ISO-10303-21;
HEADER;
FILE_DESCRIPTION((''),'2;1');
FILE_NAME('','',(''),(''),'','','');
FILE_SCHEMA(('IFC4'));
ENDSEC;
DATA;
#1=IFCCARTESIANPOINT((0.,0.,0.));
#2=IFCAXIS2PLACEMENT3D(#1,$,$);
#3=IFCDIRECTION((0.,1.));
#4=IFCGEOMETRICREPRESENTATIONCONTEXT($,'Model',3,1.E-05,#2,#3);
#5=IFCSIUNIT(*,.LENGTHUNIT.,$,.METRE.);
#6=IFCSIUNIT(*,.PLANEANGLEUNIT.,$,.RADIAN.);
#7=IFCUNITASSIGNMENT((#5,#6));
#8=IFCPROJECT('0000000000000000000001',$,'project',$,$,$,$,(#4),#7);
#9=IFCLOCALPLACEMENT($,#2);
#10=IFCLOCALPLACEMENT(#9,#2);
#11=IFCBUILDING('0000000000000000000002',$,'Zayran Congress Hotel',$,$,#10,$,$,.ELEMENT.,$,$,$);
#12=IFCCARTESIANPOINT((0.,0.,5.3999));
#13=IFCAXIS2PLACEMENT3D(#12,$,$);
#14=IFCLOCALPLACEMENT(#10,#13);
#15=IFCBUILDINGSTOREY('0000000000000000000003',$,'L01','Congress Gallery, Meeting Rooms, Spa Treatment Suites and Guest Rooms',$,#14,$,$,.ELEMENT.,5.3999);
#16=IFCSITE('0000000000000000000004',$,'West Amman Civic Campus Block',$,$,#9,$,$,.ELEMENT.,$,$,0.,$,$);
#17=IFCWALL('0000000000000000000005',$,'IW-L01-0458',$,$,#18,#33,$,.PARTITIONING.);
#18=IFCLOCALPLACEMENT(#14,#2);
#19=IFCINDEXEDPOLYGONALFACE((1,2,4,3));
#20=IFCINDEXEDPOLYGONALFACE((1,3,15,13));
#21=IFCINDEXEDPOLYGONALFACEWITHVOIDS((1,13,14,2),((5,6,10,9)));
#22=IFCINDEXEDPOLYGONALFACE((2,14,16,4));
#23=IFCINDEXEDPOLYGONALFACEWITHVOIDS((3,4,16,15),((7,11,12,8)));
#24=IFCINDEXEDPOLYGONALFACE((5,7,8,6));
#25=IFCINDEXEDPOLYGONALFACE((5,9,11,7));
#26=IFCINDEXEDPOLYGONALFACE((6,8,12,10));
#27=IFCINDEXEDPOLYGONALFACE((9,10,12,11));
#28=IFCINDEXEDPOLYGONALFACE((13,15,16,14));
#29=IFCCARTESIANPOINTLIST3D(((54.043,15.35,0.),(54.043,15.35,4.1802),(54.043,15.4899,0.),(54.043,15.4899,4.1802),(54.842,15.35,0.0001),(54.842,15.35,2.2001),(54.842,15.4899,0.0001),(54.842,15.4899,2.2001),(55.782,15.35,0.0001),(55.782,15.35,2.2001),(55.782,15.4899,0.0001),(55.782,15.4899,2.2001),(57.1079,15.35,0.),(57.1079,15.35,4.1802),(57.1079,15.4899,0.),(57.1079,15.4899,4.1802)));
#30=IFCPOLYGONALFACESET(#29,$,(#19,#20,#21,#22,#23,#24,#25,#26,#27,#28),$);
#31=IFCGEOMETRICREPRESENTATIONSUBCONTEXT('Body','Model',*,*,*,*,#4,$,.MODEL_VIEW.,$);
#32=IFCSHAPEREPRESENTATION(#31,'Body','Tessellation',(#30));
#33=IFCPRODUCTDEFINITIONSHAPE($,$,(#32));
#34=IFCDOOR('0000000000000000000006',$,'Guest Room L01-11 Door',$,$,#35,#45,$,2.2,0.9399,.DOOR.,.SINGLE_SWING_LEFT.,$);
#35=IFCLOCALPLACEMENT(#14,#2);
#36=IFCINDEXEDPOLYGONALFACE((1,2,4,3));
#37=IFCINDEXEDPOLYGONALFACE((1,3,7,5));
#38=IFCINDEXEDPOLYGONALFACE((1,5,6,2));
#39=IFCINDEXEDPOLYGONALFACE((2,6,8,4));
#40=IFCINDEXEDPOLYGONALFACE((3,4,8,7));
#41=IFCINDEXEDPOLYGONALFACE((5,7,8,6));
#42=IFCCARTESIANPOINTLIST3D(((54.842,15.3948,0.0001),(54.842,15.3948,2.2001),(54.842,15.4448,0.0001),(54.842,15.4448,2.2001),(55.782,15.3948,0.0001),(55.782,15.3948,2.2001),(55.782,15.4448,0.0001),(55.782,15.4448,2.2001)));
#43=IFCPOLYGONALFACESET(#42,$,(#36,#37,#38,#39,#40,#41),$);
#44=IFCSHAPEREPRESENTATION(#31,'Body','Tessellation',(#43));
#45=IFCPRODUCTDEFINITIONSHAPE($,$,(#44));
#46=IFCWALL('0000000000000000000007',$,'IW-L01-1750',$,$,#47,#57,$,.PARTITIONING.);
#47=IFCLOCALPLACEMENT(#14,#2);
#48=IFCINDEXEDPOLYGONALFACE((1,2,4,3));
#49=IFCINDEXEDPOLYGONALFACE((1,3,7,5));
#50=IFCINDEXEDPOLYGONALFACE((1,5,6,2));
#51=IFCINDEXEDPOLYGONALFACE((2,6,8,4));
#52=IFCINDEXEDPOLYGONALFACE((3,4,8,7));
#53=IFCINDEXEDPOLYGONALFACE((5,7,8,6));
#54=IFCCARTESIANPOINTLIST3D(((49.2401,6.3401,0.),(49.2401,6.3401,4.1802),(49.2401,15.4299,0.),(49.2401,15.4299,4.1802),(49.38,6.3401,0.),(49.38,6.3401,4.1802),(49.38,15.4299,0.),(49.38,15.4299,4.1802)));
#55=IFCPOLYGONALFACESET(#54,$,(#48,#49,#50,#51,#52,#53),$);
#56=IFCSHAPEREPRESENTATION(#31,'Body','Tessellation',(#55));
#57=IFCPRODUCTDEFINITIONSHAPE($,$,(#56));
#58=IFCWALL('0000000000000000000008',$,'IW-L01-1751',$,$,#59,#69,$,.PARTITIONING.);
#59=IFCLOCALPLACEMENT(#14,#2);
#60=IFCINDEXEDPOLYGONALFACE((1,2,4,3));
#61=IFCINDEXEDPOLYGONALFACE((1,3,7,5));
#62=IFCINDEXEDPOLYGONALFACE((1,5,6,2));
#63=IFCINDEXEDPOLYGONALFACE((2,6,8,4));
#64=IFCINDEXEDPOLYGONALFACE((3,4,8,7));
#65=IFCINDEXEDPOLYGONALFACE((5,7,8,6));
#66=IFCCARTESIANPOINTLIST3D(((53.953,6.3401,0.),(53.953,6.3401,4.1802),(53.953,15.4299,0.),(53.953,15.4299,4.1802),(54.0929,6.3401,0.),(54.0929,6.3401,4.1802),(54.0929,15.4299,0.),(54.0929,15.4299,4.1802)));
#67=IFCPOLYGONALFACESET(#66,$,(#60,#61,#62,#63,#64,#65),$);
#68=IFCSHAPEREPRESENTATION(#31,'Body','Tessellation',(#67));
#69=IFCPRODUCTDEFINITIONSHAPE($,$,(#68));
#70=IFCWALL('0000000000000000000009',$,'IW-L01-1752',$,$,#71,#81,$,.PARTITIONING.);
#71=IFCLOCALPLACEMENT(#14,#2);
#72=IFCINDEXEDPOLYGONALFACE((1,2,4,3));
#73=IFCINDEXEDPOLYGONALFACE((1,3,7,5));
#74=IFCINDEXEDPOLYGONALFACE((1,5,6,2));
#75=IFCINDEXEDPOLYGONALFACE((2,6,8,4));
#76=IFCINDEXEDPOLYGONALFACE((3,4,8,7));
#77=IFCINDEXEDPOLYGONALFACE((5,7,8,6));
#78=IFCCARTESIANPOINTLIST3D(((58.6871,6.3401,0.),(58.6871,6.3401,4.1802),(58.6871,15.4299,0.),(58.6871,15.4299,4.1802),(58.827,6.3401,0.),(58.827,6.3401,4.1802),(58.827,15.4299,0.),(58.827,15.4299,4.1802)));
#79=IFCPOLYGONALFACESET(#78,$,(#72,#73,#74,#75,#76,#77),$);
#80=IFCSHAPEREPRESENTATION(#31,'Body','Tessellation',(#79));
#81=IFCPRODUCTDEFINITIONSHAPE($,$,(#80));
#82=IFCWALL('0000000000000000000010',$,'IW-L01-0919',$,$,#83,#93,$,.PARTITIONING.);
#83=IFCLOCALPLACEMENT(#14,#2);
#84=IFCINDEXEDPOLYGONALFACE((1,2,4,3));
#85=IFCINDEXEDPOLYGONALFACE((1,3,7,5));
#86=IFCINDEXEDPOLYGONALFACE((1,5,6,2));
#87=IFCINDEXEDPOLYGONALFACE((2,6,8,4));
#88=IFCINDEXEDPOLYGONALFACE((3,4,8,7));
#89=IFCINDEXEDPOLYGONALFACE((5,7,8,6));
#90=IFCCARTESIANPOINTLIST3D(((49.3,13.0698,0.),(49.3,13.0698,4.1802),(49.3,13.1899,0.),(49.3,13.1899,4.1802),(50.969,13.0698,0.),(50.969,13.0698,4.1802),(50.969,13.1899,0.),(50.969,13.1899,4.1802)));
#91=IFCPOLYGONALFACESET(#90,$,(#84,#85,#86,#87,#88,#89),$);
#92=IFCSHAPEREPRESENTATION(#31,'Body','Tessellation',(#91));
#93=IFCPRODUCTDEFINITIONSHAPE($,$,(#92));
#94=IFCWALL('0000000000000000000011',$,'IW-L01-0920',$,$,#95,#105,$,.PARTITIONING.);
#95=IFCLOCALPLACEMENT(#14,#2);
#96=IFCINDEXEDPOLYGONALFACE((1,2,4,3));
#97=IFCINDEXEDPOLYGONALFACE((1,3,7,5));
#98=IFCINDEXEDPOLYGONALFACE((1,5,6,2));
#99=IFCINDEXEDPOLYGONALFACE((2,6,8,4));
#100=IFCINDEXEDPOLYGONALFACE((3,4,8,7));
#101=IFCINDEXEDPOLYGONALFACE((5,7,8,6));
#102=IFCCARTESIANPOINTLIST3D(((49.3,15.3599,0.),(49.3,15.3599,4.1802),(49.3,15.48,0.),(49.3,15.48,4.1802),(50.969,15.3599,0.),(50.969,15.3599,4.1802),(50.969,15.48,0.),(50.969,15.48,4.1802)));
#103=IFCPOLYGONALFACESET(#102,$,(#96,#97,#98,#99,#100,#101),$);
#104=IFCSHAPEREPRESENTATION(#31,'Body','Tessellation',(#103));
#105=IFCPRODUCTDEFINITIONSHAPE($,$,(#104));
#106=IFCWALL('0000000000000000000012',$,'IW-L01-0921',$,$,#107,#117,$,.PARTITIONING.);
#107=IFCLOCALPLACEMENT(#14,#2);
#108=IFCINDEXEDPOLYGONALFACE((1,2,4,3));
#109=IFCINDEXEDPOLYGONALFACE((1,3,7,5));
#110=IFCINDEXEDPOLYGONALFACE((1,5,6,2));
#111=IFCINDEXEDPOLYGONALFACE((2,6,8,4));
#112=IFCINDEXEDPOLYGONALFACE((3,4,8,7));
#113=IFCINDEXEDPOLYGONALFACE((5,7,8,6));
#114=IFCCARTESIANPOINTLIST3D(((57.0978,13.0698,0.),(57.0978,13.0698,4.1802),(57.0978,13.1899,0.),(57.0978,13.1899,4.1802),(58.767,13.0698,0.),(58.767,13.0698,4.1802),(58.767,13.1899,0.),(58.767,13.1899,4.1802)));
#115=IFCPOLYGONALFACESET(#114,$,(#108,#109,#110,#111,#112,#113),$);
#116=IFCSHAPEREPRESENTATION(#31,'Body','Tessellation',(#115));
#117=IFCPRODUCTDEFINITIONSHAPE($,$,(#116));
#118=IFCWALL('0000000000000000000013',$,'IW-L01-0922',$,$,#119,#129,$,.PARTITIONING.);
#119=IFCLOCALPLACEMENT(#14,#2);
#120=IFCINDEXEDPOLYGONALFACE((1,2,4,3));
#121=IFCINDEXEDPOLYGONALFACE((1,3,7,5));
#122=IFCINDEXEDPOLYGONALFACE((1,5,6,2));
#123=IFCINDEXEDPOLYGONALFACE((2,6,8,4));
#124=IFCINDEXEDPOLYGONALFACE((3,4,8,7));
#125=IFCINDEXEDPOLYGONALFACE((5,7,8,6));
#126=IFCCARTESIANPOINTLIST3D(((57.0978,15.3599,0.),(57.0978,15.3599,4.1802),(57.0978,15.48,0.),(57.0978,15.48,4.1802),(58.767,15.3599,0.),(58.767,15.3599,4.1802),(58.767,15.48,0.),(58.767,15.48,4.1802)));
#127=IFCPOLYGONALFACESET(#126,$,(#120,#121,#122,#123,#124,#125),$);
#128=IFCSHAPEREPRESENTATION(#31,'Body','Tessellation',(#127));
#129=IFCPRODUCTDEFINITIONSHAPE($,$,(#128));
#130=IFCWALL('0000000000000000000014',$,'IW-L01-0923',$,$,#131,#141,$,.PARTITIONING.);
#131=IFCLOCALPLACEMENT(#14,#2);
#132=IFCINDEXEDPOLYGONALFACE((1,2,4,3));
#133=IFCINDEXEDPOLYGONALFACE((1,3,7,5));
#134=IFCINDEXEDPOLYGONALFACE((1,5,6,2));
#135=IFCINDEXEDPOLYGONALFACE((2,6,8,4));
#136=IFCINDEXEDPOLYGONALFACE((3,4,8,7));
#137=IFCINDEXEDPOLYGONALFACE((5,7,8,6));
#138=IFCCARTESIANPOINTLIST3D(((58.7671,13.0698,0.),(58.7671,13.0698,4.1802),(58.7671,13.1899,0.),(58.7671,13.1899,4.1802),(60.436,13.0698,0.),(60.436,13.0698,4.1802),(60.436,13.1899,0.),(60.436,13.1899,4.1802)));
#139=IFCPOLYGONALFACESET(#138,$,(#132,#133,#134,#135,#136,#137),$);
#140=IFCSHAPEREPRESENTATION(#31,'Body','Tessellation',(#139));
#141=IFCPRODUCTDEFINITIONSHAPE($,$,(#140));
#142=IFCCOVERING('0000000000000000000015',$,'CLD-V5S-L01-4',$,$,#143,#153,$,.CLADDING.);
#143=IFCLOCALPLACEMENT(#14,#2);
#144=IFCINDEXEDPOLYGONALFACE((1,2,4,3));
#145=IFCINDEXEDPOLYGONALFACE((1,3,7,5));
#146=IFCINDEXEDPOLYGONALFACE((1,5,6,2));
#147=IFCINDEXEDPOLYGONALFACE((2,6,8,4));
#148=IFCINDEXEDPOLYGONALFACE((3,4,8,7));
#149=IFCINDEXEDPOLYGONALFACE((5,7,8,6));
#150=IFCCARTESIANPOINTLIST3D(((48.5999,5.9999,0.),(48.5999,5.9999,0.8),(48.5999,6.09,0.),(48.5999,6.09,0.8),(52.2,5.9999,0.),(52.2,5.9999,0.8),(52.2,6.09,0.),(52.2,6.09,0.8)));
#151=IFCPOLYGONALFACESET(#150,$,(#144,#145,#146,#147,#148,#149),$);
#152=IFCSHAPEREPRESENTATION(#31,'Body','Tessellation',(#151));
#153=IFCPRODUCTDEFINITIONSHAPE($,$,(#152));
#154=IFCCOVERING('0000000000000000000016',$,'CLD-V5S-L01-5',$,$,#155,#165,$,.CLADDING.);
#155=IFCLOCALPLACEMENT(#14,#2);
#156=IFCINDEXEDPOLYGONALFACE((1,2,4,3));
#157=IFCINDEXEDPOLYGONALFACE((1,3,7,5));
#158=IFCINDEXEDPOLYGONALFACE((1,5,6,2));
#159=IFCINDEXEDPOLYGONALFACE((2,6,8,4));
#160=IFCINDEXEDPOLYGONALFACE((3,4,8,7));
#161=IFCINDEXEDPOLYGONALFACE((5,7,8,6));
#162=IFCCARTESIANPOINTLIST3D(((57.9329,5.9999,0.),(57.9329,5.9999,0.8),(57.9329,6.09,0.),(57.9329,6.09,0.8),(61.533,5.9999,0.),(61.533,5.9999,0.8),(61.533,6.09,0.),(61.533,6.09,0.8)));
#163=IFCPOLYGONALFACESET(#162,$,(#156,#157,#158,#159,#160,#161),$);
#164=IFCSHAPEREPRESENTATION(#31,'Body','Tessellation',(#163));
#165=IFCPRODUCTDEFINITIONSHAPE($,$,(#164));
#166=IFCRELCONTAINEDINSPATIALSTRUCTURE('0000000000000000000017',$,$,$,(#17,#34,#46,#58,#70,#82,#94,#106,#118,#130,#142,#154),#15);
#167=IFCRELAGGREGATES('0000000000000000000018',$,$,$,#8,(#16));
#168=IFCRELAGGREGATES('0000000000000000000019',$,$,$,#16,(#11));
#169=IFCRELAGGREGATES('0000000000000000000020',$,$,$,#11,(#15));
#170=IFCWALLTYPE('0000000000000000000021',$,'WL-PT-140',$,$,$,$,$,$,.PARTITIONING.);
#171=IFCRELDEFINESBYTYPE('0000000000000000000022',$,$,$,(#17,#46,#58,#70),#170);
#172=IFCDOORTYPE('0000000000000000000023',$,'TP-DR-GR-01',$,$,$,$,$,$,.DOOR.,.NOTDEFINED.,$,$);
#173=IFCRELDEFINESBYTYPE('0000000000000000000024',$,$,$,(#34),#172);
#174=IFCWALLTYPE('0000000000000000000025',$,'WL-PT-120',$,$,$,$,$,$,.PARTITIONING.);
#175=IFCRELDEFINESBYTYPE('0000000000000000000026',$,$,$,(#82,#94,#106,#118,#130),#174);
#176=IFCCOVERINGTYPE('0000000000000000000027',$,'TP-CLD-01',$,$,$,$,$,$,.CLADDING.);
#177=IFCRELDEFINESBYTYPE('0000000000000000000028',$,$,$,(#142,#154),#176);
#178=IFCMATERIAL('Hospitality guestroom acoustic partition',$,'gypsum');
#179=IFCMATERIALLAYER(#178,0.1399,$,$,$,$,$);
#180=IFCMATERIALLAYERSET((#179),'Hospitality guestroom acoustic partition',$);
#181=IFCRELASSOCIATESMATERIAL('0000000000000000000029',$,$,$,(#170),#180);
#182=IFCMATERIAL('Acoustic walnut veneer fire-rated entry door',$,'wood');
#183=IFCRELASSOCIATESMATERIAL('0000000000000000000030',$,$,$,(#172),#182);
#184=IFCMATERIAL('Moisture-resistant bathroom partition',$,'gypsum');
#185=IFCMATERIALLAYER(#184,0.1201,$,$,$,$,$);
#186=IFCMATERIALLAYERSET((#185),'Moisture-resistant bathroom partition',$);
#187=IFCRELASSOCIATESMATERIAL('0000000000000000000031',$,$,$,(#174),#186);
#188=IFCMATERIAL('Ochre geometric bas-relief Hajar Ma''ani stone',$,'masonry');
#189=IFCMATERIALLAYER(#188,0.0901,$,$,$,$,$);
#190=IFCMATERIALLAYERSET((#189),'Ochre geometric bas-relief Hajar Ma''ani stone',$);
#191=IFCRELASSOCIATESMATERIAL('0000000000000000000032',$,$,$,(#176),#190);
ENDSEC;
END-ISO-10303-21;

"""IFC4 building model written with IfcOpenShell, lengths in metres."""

from ifc_helpers import new_model, si_unit, direction, frame, frame_2d, origin, origin_2d, place, context, subcontext, project, spatial, rectangle, extrude, material, layer, layer_set, type_object, element, fill, save


model = new_model("IFC4")

# Units and contexts
model_context = context("Model", 3, precision=1e-05, world=origin(), true_north=direction((0.0, 1.0)))
body_context = subcontext(model_context, "Body", "Model", "MODEL_VIEW")
ifc_project = project(units=[si_unit("LENGTHUNIT", "METRE"), si_unit("PLANEANGLEUNIT", "RADIAN")], contexts=[model_context])

# Site, building, storey
site_placement = place(None, origin())
site = spatial("IfcSite", under=ifc_project, at=site_placement, Name="West Amman Civic Campus Block", CompositionType="ELEMENT", RefElevation=0.0)
building_placement = place(site_placement, origin())
building = spatial("IfcBuilding", under=site, at=building_placement, Name="Zayran Congress Hotel", CompositionType="ELEMENT")
storey_placement = place(building_placement, frame((0.0, 0.0, 5.3999)))
storey = spatial("IfcBuildingStorey", under=building, at=storey_placement, Name="L01", Description="Congress Gallery, Meeting Rooms, Spa Treatment Suites and Guest Rooms", CompositionType="ELEMENT", Elevation=5.3999)

# Wall, opening, door
ifc_material_1 = material(Name="Hospitality guestroom acoustic partition", Category="gypsum")
ifc_layer_1 = layer(ifc_material_1, 0.1399)
ifc_layer_set_1 = layer_set([ifc_layer_1], Name="Hospitality guestroom acoustic partition")
wall_type_1 = type_object("IfcWallType", Name="WL-PT-140", PredefinedType="PARTITIONING", material=ifc_layer_set_1)
wall_1_placement = place(storey_placement, frame((54.043, 15.4199, 0.0), z_axis=(0.0, 0.0, 1.0), x_axis=(1.0, 0.0, 0.0)))
wall_1 = element("IfcWall", 1, at=wall_1_placement, inside=storey, type_object=wall_type_1, Name="IW-L01-0458", PredefinedType="PARTITIONING", context=body_context, shape_type="SweptSolid", body=[
    extrude(rectangle(XDim=3.0649, YDim=0.1399, at=frame_2d((1.5325, 0.0))), origin(), (0.0, 0.0, 1.0), 4.1802),
])
opening_1_placement = place(wall_1_placement, frame((0.7991, 0.0, 0.0)))
opening_1 = element("IfcOpeningElement", 2, at=opening_1_placement, cuts=wall_1, PredefinedType="OPENING", context=body_context, shape_type="SweptSolid", body=[
    extrude(rectangle(XDim=0.9399, YDim=2.2, at=frame_2d((0.47, 1.1001))), frame((0.0, 0.0798, 0.0), z_axis=(0.0, -1.0, 0.0), x_axis=(1.0, 0.0, 0.0)), (0.0, 0.0, 1.0), 0.1599),
])
ifc_material_2 = material(Name="Acoustic walnut veneer fire-rated entry door", Category="wood")
door_type_1 = type_object("IfcDoorType", Name="TP-DR-GR-01", OperationType="NOTDEFINED", PredefinedType="DOOR", material=ifc_material_2)
door_1_placement = place(opening_1_placement, origin())
door_1 = element("IfcDoor", 3, at=door_1_placement, inside=storey, type_object=door_type_1, Name="Guest Room L01-11 Door", OperationType="SINGLE_SWING_LEFT", OverallHeight=2.2, OverallWidth=0.9399, PredefinedType="DOOR", context=body_context, shape_type="SweptSolid", body=[
    extrude(rectangle(XDim=0.9399, YDim=2.2, at=frame_2d((0.47, 1.1001))), frame((0.0, 0.0249, 0.0), z_axis=(0.0, -1.0, 0.0), x_axis=(1.0, 0.0, 0.0)), (0.0, 0.0, 1.0), 0.05),
])
fill(opening_1, door_1)

# Walls
for number, where, z_axis, x_axis, name in (
    (4, (49.3101, 6.3401, 0.0), (0.0, 0.0, 1.0), (0.0, 1.0, 0.0), "IW-L01-1750"),
    (5, (54.0229, 6.3401, 0.0), (0.0, 0.0, 1.0), (0.0, 1.0, 0.0), "IW-L01-1751"),
    (6, (58.7571, 6.3401, 0.0), (0.0, 0.0, 1.0), (0.0, 1.0, 0.0), "IW-L01-1752"),
):
    element("IfcWall", number, at=place(storey_placement, frame(where, z_axis=z_axis, x_axis=x_axis)), inside=storey, type_object=wall_type_1, Name=name, PredefinedType="PARTITIONING", context=body_context, shape_type="SweptSolid", body=[
        extrude(rectangle(XDim=9.0898, YDim=0.1399, at=frame_2d((4.5449, 0.0))), origin(), (0.0, 0.0, 1.0), 4.1802),
    ])

# Shared definitions
ifc_material_3 = material(Name="Moisture-resistant bathroom partition", Category="gypsum")
ifc_layer_2 = layer(ifc_material_3, 0.1201)
ifc_layer_set_2 = layer_set([ifc_layer_2], Name="Moisture-resistant bathroom partition")
wall_type_2 = type_object("IfcWallType", Name="WL-PT-120", PredefinedType="PARTITIONING", material=ifc_layer_set_2)

# Walls
for number, where, z_axis, x_axis, name in (
    (7, (49.3, 13.1299, 0.0), (0.0, 0.0, 1.0), (1.0, 0.0, 0.0), "IW-L01-0919"),
    (8, (49.3, 15.4199, 0.0), (0.0, 0.0, 1.0), (1.0, 0.0, 0.0), "IW-L01-0920"),
):
    element("IfcWall", number, at=place(storey_placement, frame(where, z_axis=z_axis, x_axis=x_axis)), inside=storey, type_object=wall_type_2, Name=name, PredefinedType="PARTITIONING", context=body_context, shape_type="SweptSolid", body=[
        extrude(rectangle(XDim=1.6689, YDim=0.1201, at=frame_2d((0.8345, 0.0))), origin(), (0.0, 0.0, 1.0), 4.1802),
    ])
for number, where, z_axis, x_axis, name in (
    (9, (57.0979, 13.1299, 0.0), (0.0, 0.0, 1.0), (1.0, 0.0, 0.0), "IW-L01-0921"),
    (10, (57.0979, 15.4199, 0.0), (0.0, 0.0, 1.0), (1.0, 0.0, 0.0), "IW-L01-0922"),
):
    element("IfcWall", number, at=place(storey_placement, frame(where, z_axis=z_axis, x_axis=x_axis)), inside=storey, type_object=wall_type_2, Name=name, PredefinedType="PARTITIONING", context=body_context, shape_type="SweptSolid", body=[
        extrude(rectangle(XDim=1.6692, YDim=0.1201, at=frame_2d((0.8345, 0.0))), origin(), (0.0, 0.0, 1.0), 4.1802),
    ])
wall_2_placement = place(storey_placement, frame((58.7671, 13.1299, 0.0), z_axis=(0.0, 0.0, 1.0), x_axis=(1.0, 0.0, 0.0)))
element("IfcWall", 11, at=wall_2_placement, inside=storey, type_object=wall_type_2, Name="IW-L01-0923", PredefinedType="PARTITIONING", context=body_context, shape_type="SweptSolid", body=[
    extrude(rectangle(XDim=1.6689, YDim=0.1201, at=frame_2d((0.8345, 0.0))), origin(), (0.0, 0.0, 1.0), 4.1802),
])

# Coverings
ifc_material_4 = material(Name="Ochre geometric bas-relief Hajar Ma'ani stone", Category="masonry")
ifc_layer_3 = layer(ifc_material_4, 0.0901)
ifc_layer_set_3 = layer_set([ifc_layer_3], Name="Ochre geometric bas-relief Hajar Ma'ani stone")
covering_type = type_object("IfcCoveringType", Name="TP-CLD-01", PredefinedType="CLADDING", material=ifc_layer_set_3)
for number, where, z_axis, x_axis, name in (
    (12, (50.3999, 6.0449, 0.0), (0.0, 0.0, 1.0), (1.0, 0.0, 0.0), "CLD-V5S-L01-4"),
    (13, (59.7329, 6.0449, 0.0), (0.0, 0.0, 1.0), (1.0, 0.0, 0.0), "CLD-V5S-L01-5"),
):
    element("IfcCovering", number, at=place(storey_placement, frame(where, z_axis=z_axis, x_axis=x_axis)), inside=storey, type_object=covering_type, Name=name, PredefinedType="CLADDING", context=body_context, shape_type="SweptSolid", body=[
        extrude(rectangle(XDim=3.6001, YDim=0.0901, at=origin_2d()), origin(), (0.0, 0.0, 1.0), 0.8),
    ])

save(model, "model.ifc")
